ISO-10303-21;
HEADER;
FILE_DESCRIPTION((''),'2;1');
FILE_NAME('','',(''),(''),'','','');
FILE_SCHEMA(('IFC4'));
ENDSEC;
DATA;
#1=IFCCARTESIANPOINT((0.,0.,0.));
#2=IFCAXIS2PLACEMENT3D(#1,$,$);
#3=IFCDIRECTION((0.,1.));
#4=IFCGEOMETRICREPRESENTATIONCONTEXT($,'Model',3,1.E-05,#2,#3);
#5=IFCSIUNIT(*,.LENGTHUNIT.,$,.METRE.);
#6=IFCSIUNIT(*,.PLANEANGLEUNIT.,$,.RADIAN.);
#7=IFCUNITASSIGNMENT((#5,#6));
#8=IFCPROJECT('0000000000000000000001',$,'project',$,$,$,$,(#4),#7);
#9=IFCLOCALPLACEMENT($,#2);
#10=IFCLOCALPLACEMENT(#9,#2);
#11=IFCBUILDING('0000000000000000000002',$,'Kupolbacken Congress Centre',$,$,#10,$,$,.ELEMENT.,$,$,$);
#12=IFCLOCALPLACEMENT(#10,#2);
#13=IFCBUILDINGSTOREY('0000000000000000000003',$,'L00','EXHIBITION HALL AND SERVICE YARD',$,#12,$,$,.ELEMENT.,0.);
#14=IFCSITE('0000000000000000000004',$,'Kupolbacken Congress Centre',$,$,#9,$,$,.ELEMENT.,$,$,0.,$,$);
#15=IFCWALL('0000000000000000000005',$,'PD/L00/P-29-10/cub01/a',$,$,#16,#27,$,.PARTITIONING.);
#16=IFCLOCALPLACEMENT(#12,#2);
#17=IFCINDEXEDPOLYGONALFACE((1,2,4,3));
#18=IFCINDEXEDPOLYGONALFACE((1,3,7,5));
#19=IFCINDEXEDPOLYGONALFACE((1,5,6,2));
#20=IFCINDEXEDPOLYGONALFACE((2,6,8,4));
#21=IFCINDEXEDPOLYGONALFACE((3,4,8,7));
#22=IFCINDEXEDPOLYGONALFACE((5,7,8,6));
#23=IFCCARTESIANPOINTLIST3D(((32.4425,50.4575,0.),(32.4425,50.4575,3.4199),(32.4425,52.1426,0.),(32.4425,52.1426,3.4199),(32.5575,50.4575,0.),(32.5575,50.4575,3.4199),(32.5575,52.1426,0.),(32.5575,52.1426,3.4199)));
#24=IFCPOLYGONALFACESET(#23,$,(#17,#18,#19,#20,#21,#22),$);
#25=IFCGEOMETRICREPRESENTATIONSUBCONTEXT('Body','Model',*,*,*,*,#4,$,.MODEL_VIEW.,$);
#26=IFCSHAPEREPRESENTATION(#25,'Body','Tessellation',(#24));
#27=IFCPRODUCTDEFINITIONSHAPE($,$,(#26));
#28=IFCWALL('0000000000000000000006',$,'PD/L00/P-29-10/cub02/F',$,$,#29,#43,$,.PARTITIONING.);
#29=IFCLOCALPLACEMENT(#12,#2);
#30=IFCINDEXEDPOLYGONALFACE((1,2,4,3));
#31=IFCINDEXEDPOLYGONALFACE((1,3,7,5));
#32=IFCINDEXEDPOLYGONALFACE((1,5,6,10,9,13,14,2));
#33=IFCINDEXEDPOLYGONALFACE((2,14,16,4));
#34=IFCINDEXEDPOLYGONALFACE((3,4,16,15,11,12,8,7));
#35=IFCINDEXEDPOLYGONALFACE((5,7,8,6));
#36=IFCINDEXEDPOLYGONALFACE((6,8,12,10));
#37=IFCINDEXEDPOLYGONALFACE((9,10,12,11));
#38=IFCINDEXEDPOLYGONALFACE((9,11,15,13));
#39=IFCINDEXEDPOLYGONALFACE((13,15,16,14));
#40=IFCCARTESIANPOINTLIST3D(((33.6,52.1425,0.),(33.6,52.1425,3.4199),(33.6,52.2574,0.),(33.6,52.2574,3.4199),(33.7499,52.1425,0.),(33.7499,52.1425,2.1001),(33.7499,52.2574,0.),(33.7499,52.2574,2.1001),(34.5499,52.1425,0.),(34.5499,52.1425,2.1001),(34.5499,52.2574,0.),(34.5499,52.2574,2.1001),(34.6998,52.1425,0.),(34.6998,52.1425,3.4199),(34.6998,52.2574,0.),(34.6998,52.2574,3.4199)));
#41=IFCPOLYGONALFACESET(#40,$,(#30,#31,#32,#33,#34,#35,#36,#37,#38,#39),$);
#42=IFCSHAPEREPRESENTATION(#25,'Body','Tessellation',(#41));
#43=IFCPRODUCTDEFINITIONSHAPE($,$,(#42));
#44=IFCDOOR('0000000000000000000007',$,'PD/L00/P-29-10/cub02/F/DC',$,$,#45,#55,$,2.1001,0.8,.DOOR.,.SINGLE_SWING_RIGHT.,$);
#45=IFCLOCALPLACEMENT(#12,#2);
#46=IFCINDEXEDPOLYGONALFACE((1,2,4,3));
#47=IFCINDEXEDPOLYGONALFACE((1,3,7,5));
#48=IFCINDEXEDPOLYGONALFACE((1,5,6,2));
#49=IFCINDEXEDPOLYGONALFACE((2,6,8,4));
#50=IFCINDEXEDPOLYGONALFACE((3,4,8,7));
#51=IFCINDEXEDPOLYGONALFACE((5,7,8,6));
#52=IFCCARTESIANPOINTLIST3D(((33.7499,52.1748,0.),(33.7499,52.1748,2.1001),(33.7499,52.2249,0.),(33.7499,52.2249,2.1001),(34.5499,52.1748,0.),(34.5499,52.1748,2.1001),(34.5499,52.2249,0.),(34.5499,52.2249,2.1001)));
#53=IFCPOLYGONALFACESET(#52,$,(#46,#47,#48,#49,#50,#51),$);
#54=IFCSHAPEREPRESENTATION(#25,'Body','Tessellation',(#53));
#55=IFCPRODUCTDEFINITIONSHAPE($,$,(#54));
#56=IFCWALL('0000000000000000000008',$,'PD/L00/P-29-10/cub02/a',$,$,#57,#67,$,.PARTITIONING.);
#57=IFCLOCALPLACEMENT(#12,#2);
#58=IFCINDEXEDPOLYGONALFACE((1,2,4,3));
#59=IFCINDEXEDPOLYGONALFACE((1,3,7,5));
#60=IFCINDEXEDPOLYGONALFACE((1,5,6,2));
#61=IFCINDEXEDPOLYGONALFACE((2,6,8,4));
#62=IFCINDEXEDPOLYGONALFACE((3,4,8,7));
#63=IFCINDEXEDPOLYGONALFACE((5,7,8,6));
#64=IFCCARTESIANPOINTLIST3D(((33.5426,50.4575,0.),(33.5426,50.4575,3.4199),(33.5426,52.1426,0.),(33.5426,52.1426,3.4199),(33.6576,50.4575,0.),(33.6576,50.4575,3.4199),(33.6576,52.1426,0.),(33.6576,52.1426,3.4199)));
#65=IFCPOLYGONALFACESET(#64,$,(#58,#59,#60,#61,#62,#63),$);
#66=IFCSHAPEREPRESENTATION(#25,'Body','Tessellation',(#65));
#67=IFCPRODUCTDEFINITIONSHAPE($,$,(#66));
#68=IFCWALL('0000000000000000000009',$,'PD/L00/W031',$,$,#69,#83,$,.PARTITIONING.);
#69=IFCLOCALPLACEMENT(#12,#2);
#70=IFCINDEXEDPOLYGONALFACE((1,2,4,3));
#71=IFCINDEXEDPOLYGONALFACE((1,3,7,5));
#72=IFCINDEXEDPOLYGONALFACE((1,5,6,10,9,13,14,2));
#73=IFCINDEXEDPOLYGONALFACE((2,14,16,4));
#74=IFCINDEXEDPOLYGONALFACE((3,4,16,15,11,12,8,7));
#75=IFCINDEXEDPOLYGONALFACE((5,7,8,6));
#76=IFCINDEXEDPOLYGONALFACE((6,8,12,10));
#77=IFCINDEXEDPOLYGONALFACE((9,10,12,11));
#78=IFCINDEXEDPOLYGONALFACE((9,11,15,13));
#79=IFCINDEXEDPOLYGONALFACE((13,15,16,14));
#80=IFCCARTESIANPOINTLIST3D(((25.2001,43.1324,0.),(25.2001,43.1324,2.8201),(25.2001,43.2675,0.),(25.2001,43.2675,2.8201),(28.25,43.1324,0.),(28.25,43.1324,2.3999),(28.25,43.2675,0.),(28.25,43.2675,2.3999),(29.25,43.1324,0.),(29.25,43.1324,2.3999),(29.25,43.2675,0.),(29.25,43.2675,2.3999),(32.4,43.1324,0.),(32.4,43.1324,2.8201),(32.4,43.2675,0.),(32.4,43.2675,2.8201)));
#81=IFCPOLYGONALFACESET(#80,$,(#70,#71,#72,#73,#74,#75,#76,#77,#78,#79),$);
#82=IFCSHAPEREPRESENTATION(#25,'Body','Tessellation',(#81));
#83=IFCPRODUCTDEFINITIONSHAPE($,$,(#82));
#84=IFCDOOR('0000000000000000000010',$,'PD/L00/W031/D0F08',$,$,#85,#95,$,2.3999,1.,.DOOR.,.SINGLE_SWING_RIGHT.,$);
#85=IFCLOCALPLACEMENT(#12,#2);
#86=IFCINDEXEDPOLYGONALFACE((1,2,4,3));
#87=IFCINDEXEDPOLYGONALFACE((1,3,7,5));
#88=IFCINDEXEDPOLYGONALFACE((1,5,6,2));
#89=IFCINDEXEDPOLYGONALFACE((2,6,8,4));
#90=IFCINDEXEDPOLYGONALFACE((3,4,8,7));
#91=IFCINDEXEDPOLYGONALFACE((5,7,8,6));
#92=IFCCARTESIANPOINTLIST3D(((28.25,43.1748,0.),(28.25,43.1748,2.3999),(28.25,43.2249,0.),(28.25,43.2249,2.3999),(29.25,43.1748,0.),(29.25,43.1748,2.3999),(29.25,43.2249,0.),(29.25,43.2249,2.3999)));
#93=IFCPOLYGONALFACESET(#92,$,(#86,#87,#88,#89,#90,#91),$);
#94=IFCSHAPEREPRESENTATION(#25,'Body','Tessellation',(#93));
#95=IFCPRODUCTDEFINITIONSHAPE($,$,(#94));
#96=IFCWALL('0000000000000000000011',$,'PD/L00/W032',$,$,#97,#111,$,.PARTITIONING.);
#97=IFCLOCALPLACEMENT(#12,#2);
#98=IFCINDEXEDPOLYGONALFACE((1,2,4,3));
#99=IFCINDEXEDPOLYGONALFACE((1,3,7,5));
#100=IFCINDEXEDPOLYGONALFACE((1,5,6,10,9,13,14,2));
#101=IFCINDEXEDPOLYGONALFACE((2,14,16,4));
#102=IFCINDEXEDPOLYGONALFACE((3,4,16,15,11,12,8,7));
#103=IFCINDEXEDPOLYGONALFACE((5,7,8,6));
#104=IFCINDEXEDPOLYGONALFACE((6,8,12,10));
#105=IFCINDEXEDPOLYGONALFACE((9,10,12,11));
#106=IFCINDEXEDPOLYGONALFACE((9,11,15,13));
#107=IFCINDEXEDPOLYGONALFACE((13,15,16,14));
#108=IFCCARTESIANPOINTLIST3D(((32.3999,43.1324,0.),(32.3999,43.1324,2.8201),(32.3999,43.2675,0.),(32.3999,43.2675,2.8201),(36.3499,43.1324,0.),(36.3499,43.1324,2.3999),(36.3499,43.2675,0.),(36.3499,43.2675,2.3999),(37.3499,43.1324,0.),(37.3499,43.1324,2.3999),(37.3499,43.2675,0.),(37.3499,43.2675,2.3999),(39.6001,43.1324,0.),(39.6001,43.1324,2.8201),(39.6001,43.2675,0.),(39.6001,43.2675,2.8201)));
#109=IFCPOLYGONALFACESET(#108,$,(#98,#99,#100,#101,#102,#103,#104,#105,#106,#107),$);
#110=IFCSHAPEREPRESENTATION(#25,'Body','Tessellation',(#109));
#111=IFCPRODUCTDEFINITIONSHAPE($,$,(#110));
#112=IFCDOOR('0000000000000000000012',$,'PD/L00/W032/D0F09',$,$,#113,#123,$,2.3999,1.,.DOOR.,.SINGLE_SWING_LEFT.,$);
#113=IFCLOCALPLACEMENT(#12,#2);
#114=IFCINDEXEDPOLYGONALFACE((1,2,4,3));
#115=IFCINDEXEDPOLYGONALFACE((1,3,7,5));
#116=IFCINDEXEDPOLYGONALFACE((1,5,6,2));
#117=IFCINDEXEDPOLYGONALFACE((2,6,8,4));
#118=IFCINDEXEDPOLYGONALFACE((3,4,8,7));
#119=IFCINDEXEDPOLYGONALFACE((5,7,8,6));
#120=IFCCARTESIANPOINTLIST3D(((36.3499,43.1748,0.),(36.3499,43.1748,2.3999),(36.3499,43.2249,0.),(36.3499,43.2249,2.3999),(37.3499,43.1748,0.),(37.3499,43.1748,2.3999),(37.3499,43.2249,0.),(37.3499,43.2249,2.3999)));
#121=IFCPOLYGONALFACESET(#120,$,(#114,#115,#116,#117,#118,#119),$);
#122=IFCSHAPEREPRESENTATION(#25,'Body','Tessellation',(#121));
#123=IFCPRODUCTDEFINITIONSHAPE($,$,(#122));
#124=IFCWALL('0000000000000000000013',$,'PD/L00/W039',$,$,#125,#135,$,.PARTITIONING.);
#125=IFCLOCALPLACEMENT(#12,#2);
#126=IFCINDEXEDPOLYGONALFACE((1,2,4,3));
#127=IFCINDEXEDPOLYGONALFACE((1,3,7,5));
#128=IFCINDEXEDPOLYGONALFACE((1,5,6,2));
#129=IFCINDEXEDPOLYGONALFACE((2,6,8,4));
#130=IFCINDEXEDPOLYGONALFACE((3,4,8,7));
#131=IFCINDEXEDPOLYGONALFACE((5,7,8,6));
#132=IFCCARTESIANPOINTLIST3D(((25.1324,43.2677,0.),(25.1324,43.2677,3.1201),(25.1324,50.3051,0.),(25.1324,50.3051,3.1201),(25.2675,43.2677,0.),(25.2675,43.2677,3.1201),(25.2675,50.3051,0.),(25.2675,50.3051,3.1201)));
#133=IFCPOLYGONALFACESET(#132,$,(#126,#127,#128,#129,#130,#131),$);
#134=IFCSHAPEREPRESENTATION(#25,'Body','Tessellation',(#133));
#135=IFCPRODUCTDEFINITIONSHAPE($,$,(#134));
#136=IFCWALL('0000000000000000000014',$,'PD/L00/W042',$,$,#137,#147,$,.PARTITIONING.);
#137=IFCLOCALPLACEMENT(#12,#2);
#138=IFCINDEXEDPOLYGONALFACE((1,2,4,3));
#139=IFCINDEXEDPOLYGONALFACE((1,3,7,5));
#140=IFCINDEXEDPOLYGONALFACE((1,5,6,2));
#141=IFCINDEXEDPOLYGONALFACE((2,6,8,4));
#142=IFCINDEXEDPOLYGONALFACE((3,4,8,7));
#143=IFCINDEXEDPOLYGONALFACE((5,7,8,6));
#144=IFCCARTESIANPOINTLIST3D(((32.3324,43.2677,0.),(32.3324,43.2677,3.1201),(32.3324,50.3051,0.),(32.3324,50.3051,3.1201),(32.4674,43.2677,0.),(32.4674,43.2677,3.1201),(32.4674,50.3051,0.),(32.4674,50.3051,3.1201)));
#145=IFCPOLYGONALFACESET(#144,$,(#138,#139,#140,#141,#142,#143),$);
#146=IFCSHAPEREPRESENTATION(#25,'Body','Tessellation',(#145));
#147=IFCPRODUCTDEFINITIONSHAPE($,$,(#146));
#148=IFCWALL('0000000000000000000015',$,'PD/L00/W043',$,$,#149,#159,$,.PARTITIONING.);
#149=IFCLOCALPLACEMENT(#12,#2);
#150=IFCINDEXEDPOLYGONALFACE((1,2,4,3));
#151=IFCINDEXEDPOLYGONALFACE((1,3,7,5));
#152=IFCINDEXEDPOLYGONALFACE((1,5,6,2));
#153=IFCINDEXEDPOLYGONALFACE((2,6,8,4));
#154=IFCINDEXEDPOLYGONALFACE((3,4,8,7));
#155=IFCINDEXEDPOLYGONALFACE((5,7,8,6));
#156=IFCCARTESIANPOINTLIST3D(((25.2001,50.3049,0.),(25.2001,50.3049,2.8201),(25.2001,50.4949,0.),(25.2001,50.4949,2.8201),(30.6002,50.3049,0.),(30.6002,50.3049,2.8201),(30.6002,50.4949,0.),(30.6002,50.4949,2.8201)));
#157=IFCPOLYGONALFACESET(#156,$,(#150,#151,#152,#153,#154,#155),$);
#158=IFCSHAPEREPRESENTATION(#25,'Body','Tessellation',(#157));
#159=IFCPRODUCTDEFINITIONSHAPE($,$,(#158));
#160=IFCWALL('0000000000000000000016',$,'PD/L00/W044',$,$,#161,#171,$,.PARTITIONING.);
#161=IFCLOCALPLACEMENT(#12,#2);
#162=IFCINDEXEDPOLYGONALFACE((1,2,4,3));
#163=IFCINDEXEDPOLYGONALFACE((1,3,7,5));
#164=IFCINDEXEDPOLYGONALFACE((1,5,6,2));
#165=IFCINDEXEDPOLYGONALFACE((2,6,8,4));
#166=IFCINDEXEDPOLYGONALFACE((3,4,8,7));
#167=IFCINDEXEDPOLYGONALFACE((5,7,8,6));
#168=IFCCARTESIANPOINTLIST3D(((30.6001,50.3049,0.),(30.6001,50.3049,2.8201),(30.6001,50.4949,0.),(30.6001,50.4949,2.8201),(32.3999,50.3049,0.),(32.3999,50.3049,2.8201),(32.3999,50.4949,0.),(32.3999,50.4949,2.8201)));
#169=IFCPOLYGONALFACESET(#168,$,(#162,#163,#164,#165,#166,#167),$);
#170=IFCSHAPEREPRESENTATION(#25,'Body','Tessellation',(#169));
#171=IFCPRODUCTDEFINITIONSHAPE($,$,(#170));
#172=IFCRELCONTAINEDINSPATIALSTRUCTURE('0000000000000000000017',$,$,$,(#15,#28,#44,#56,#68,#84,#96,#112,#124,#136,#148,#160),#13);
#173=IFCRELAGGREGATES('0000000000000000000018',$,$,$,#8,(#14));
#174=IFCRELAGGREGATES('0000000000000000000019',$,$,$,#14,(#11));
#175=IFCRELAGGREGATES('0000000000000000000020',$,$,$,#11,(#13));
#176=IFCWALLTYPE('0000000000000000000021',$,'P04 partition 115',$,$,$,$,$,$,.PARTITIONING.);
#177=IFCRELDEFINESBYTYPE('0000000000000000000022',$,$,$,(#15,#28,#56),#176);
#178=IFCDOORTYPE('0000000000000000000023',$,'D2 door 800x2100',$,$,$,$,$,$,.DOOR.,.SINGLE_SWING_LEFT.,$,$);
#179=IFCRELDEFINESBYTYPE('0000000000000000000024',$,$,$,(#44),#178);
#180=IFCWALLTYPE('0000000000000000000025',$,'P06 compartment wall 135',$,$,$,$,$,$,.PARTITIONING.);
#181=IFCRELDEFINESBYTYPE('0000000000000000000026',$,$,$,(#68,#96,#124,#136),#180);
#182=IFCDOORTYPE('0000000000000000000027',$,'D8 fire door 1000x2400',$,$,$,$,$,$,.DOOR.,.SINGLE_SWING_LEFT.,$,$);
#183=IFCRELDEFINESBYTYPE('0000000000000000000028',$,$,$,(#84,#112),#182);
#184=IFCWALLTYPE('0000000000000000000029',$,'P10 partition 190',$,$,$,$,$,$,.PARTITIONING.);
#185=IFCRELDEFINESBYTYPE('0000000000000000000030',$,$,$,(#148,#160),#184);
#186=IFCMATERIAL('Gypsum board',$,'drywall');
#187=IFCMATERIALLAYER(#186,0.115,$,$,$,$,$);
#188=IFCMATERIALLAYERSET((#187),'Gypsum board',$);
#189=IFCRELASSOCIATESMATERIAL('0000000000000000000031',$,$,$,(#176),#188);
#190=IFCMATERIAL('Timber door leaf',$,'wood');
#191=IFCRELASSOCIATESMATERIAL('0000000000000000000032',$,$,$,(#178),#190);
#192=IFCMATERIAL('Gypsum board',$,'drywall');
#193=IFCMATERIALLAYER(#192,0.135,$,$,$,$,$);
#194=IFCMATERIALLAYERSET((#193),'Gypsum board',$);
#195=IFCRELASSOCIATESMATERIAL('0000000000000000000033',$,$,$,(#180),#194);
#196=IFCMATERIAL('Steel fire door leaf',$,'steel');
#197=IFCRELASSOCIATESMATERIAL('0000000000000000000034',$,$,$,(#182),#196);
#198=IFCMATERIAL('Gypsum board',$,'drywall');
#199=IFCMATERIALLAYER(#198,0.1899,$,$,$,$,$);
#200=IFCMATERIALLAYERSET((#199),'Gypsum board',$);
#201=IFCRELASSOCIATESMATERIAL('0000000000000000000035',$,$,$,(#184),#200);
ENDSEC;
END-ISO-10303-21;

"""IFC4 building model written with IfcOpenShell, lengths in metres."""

from ifc_helpers import new_model, si_unit, direction, frame, frame_2d, origin, place, context, subcontext, project, spatial, rectangle, extrude, material, layer, layer_set, type_object, element, fill, save


model = new_model("IFC4")

# Units and contexts
model_context = context("Model", 3, precision=1e-05, world=origin(), true_north=direction((0.0, 1.0)))
body_context = subcontext(model_context, "Body", "Model", "MODEL_VIEW")
ifc_project = project(units=[si_unit("LENGTHUNIT", "METRE"), si_unit("PLANEANGLEUNIT", "RADIAN")], contexts=[model_context])

# Site, building, storey
site_placement = place(None, origin())
site = spatial("IfcSite", under=ifc_project, at=site_placement, Name="Kupolbacken Congress Centre", CompositionType="ELEMENT", RefElevation=0.0)
building_placement = place(site_placement, origin())
building = spatial("IfcBuilding", under=site, at=building_placement, Name="Kupolbacken Congress Centre", CompositionType="ELEMENT")
storey_placement = place(building_placement, origin())
storey = spatial("IfcBuildingStorey", under=building, at=storey_placement, Name="L00", Description="EXHIBITION HALL AND SERVICE YARD", CompositionType="ELEMENT", Elevation=0.0)

# Shared definitions
ifc_material_1 = material(Name="Gypsum board", Category="drywall")
ifc_layer_1 = layer(ifc_material_1, 0.115)
ifc_layer_set_1 = layer_set([ifc_layer_1], Name="Gypsum board")
wall_type_1 = type_object("IfcWallType", Name="P04 partition 115", PredefinedType="PARTITIONING", material=ifc_layer_set_1)
ifc_material_2 = material(Name="Timber door leaf", Category="wood")
door_type_1 = type_object("IfcDoorType", Name="D2 door 800x2100", OperationType="SINGLE_SWING_LEFT", PredefinedType="DOOR", material=ifc_material_2)

# Wall
wall_1_placement = place(storey_placement, frame((32.5, 50.4575, 0.0), z_axis=(0.0, 0.0, 1.0), x_axis=(0.0, 1.0, 0.0)))
element("IfcWall", 1, at=wall_1_placement, inside=storey, type_object=wall_type_1, Name="PD/L00/P-29-10/cub01/a", PredefinedType="PARTITIONING", context=body_context, shape_type="SweptSolid", body=[
    extrude(rectangle(XDim=1.6851, YDim=0.115, at=frame_2d((0.8425, 0.0))), origin(), (0.0, 0.0, 1.0), 3.4199),
])

# Wall, opening, door
wall_2_placement = place(storey_placement, frame((33.6001, 52.2, 0.0), z_axis=(0.0, 0.0, 1.0), x_axis=(1.0, 0.0, 0.0)))
wall_2 = element("IfcWall", 2, at=wall_2_placement, inside=storey, type_object=wall_type_1, Name="PD/L00/P-29-10/cub02/F", PredefinedType="PARTITIONING", context=body_context, shape_type="SweptSolid", body=[
    extrude(rectangle(XDim=1.0999, YDim=0.115, at=frame_2d((0.5498, 0.0))), origin(), (0.0, 0.0, 1.0), 3.4199),
])
opening_1_placement = place(wall_2_placement, frame((0.1499, 0.0, 0.0)))
opening_1 = element("IfcOpeningElement", 3, at=opening_1_placement, cuts=wall_2, PredefinedType="OPENING", context=body_context, shape_type="SweptSolid", body=[
    extrude(rectangle(XDim=0.8, YDim=2.1001, at=frame_2d((0.3999, 1.05))), frame((0.0, 0.0674, 0.0), z_axis=(0.0, -1.0, 0.0), x_axis=(1.0, 0.0, 0.0)), (0.0, 0.0, 1.0), 0.135),
])
door_1_placement = place(opening_1_placement, origin())
door_1 = element("IfcDoor", 4, at=door_1_placement, inside=storey, type_object=door_type_1, Name="PD/L00/P-29-10/cub02/F/DC", OperationType="SINGLE_SWING_RIGHT", OverallHeight=2.1001, OverallWidth=0.8, PredefinedType="DOOR", context=body_context, shape_type="SweptSolid", body=[
    extrude(rectangle(XDim=0.8, YDim=2.1001, at=frame_2d((0.3999, 1.05))), frame((0.0, 0.0249, 0.0), z_axis=(0.0, -1.0, 0.0), x_axis=(1.0, 0.0, 0.0)), (0.0, 0.0, 1.0), 0.05),
])
fill(opening_1, door_1)

# Wall
wall_3_placement = place(storey_placement, frame((33.6001, 50.4575, 0.0), z_axis=(0.0, 0.0, 1.0), x_axis=(0.0, 1.0, 0.0)))
element("IfcWall", 5, at=wall_3_placement, inside=storey, type_object=wall_type_1, Name="PD/L00/P-29-10/cub02/a", PredefinedType="PARTITIONING", context=body_context, shape_type="SweptSolid", body=[
    extrude(rectangle(XDim=1.6851, YDim=0.115, at=frame_2d((0.8425, 0.0))), origin(), (0.0, 0.0, 1.0), 3.4199),
])

# Walls, openings, doors
ifc_material_3 = material(Name="Gypsum board", Category="drywall")
ifc_layer_2 = layer(ifc_material_3, 0.135)
ifc_layer_set_2 = layer_set([ifc_layer_2], Name="Gypsum board")
wall_type_2 = type_object("IfcWallType", Name="P06 compartment wall 135", PredefinedType="PARTITIONING", material=ifc_layer_set_2)
wall_4_placement = place(storey_placement, frame((25.2, 43.2, 0.0), z_axis=(0.0, 0.0, 1.0), x_axis=(1.0, 0.0, 0.0)))
wall_4 = element("IfcWall", 6, at=wall_4_placement, inside=storey, type_object=wall_type_2, Name="PD/L00/W031", PredefinedType="PARTITIONING", context=body_context, shape_type="SweptSolid", body=[
    extrude(rectangle(XDim=7.2, YDim=0.135, at=frame_2d((3.6001, 0.0))), origin(), (0.0, 0.0, 1.0), 2.8201),
])
opening_2_placement = place(wall_4_placement, frame((3.05, 0.0, 0.0)))
opening_2 = element("IfcOpeningElement", 7, at=opening_2_placement, cuts=wall_4, PredefinedType="OPENING", context=body_context, shape_type="SweptSolid", body=[
    extrude(rectangle(XDim=1.0, YDim=2.3999, at=frame_2d((0.5, 1.2))), frame((0.0, 0.0774, 0.0), z_axis=(0.0, -1.0, 0.0), x_axis=(1.0, 0.0, 0.0)), (0.0, 0.0, 1.0), 0.155),
])
ifc_material_4 = material(Name="Steel fire door leaf", Category="steel")
door_type_2 = type_object("IfcDoorType", Name="D8 fire door 1000x2400", OperationType="SINGLE_SWING_LEFT", PredefinedType="DOOR", material=ifc_material_4)
door_2_placement = place(opening_2_placement, origin())
door_2 = element("IfcDoor", 8, at=door_2_placement, inside=storey, type_object=door_type_2, Name="PD/L00/W031/D0F08", OperationType="SINGLE_SWING_RIGHT", OverallHeight=2.3999, OverallWidth=1.0, PredefinedType="DOOR", context=body_context, shape_type="SweptSolid", body=[
    extrude(rectangle(XDim=1.0, YDim=2.3999, at=frame_2d((0.5, 1.2))), frame((0.0, 0.0249, 0.0), z_axis=(0.0, -1.0, 0.0), x_axis=(1.0, 0.0, 0.0)), (0.0, 0.0, 1.0), 0.05),
])
fill(opening_2, door_2)
wall_5_placement = place(storey_placement, frame((32.3999, 43.2, 0.0), z_axis=(0.0, 0.0, 1.0), x_axis=(1.0, 0.0, 0.0)))
wall_5 = element("IfcWall", 9, at=wall_5_placement, inside=storey, type_object=wall_type_2, Name="PD/L00/W032", PredefinedType="PARTITIONING", context=body_context, shape_type="SweptSolid", body=[
    extrude(rectangle(XDim=7.2002, YDim=0.135, at=frame_2d((3.6001, 0.0))), origin(), (0.0, 0.0, 1.0), 2.8201),
])
opening_3_placement = place(wall_5_placement, frame((3.95, 0.0, 0.0)))
opening_3 = element("IfcOpeningElement", 10, at=opening_3_placement, cuts=wall_5, PredefinedType="OPENING", context=body_context, shape_type="SweptSolid", body=[
    extrude(rectangle(XDim=1.0, YDim=2.3999, at=frame_2d((0.5, 1.2))), frame((0.0, 0.0774, 0.0), z_axis=(0.0, -1.0, 0.0), x_axis=(1.0, 0.0, 0.0)), (0.0, 0.0, 1.0), 0.155),
])
door_3_placement = place(opening_3_placement, origin())
door_3 = element("IfcDoor", 11, at=door_3_placement, inside=storey, type_object=door_type_2, Name="PD/L00/W032/D0F09", OperationType="SINGLE_SWING_LEFT", OverallHeight=2.3999, OverallWidth=1.0, PredefinedType="DOOR", context=body_context, shape_type="SweptSolid", body=[
    extrude(rectangle(XDim=1.0, YDim=2.3999, at=frame_2d((0.5, 1.2))), frame((0.0, 0.0249, 0.0), z_axis=(0.0, -1.0, 0.0), x_axis=(1.0, 0.0, 0.0)), (0.0, 0.0, 1.0), 0.05),
])
fill(opening_3, door_3)

# Walls
for number, where, z_axis, x_axis, name in (
    (12, (25.2, 50.3049, 0.0), (0.0, 0.0, 1.0), (0.0, -1.0, 0.0), "PD/L00/W039"),
    (13, (32.3999, 50.3049, 0.0), (0.0, 0.0, 1.0), (0.0, -1.0, 0.0), "PD/L00/W042"),
):
    element("IfcWall", number, at=place(storey_placement, frame(where, z_axis=z_axis, x_axis=x_axis)), inside=storey, type_object=wall_type_2, Name=name, PredefinedType="PARTITIONING", context=body_context, shape_type="SweptSolid", body=[
        extrude(rectangle(XDim=7.0374, YDim=0.135, at=frame_2d((3.5186, 0.0))), origin(), (0.0, 0.0, 1.0), 3.1201),
    ])
ifc_material_5 = material(Name="Gypsum board", Category="drywall")
ifc_layer_3 = layer(ifc_material_5, 0.1899)
ifc_layer_set_3 = layer_set([ifc_layer_3], Name="Gypsum board")
wall_type_3 = type_object("IfcWallType", Name="P10 partition 190", PredefinedType="PARTITIONING", material=ifc_layer_set_3)
wall_6_placement = place(storey_placement, frame((25.2, 50.3999, 0.0), z_axis=(0.0, 0.0, 1.0), x_axis=(1.0, 0.0, 0.0)))
element("IfcWall", 14, at=wall_6_placement, inside=storey, type_object=wall_type_3, Name="PD/L00/W043", PredefinedType="PARTITIONING", context=body_context, shape_type="SweptSolid", body=[
    extrude(rectangle(XDim=5.4001, YDim=0.1899, at=frame_2d((2.7002, 0.0))), origin(), (0.0, 0.0, 1.0), 2.8201),
])
wall_7_placement = place(storey_placement, frame((30.6001, 50.3999, 0.0), z_axis=(0.0, 0.0, 1.0), x_axis=(1.0, 0.0, 0.0)))
element("IfcWall", 15, at=wall_7_placement, inside=storey, type_object=wall_type_3, Name="PD/L00/W044", PredefinedType="PARTITIONING", context=body_context, shape_type="SweptSolid", body=[
    extrude(rectangle(XDim=1.7998, YDim=0.1899, at=frame_2d((0.8999, 0.0))), origin(), (0.0, 0.0, 1.0), 2.8201),
])

save(model, "model.ifc")
